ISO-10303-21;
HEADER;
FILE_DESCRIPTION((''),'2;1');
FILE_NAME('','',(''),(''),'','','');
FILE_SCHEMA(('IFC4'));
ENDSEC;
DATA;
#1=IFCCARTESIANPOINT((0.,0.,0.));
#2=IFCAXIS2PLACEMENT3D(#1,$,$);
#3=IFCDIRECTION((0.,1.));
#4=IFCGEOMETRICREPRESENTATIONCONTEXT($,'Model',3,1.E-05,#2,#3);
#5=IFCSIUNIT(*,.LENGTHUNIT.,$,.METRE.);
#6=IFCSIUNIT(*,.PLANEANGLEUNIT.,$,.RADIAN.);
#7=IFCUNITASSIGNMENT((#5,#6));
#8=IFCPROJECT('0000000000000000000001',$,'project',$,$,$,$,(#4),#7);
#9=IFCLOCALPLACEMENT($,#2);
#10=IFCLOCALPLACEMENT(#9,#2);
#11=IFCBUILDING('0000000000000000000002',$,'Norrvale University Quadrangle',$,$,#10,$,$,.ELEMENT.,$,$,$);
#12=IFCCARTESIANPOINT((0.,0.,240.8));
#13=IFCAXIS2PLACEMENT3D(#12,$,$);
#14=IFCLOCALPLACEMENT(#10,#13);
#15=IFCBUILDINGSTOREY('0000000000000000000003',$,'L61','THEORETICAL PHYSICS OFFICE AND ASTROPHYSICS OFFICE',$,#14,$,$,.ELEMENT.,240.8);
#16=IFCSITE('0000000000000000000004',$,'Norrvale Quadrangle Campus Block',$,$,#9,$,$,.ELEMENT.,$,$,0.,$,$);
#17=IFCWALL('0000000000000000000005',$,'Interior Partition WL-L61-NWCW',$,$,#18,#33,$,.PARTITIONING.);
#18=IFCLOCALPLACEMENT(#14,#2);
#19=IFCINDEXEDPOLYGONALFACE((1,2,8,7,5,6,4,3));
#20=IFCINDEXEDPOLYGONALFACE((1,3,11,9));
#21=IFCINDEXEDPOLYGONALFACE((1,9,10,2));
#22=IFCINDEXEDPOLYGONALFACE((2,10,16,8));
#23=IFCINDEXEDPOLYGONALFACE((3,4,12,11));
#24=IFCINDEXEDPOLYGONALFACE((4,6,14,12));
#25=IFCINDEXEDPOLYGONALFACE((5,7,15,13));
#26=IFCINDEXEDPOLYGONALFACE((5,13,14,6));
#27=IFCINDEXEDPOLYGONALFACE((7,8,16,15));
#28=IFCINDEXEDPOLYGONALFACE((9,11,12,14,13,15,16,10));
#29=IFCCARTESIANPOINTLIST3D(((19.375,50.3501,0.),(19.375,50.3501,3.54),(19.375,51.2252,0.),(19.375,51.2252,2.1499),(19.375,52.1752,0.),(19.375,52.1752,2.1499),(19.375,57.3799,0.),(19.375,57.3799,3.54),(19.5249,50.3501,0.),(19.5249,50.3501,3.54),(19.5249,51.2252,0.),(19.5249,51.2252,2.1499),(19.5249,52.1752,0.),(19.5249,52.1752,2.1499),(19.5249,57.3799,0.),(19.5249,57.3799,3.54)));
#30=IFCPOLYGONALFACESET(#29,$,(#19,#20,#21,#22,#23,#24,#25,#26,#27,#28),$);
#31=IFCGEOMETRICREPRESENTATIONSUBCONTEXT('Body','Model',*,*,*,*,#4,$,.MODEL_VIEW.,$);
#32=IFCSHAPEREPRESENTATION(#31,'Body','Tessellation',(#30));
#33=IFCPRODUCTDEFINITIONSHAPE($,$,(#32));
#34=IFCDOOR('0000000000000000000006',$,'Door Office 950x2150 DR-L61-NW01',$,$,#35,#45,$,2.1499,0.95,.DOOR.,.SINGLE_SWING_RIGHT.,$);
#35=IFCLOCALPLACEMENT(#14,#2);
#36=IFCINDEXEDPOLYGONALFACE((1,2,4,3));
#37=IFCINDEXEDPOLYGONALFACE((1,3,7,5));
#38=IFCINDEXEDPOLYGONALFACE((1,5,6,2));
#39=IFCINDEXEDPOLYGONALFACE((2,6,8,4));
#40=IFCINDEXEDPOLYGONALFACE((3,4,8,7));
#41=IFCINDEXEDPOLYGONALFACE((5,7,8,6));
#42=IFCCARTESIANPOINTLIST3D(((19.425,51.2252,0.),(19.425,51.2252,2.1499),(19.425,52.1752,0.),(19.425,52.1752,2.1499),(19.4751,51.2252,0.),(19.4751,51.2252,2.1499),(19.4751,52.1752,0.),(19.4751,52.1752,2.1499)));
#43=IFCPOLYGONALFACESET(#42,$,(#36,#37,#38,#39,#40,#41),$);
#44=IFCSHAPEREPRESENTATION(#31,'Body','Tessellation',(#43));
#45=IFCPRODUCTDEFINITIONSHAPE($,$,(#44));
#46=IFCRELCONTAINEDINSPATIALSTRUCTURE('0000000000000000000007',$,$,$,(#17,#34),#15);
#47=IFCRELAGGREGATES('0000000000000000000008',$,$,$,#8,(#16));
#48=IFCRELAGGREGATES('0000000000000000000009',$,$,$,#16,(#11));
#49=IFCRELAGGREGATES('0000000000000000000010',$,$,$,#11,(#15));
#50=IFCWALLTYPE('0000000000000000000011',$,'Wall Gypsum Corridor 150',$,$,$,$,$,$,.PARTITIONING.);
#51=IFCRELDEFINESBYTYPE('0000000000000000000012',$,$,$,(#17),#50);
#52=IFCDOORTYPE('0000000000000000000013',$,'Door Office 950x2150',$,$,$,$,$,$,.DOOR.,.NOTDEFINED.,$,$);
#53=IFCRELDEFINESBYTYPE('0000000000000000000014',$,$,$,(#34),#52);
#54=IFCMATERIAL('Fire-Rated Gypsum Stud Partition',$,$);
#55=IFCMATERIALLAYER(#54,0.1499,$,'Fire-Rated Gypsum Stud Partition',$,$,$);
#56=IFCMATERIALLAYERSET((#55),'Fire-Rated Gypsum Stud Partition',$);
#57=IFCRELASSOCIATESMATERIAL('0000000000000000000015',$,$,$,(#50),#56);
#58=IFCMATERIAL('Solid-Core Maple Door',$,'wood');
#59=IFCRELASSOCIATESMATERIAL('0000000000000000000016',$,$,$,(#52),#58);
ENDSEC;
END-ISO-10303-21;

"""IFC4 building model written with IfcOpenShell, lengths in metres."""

from ifc_helpers import new_model, si_unit, direction, frame, frame_2d, origin, place, context, subcontext, project, spatial, rectangle, extrude, material, layer, layer_set, type_object, element, fill, save


model = new_model("IFC4")

# Units and contexts
model_context = context("Model", 3, precision=1e-05, world=origin(), true_north=direction((0.0, 1.0)))
body_context = subcontext(model_context, "Body", "Model", "MODEL_VIEW")
ifc_project = project(units=[si_unit("LENGTHUNIT", "METRE"), si_unit("PLANEANGLEUNIT", "RADIAN")], contexts=[model_context])

# Site, building, storey
site_placement = place(None, origin())
site = spatial("IfcSite", under=ifc_project, at=site_placement, Name="Norrvale Quadrangle Campus Block", CompositionType="ELEMENT", RefElevation=0.0)
building_placement = place(site_placement, origin())
building = spatial("IfcBuilding", under=site, at=building_placement, Name="Norrvale University Quadrangle", CompositionType="ELEMENT")
storey_placement = place(building_placement, frame((0.0, 0.0, 240.8)))
storey = spatial("IfcBuildingStorey", under=building, at=storey_placement, Name="L61", Description="THEORETICAL PHYSICS OFFICE AND ASTROPHYSICS OFFICE", CompositionType="ELEMENT", Elevation=240.8)

# Shared definitions
ifc_material_1 = material(Name="Fire-Rated Gypsum Stud Partition")
ifc_layer_1 = layer(ifc_material_1, 0.1499, Name="Fire-Rated Gypsum Stud Partition")
ifc_layer_set_1 = layer_set([ifc_layer_1], Name="Fire-Rated Gypsum Stud Partition")
wall_type_1 = type_object("IfcWallType", Name="Wall Gypsum Corridor 150", PredefinedType="PARTITIONING", material=ifc_layer_set_1)

# Shared definitions
ifc_material_2 = material(Name="Solid-Core Maple Door", Category="wood")
door_type_1 = type_object("IfcDoorType", Name="Door Office 950x2150", OperationType="NOTDEFINED", PredefinedType="DOOR", material=ifc_material_2)

# Wall, opening, door
wall_1_placement = place(storey_placement, frame((19.45, 50.3501, 0.0), z_axis=(0.0, 0.0, 1.0), x_axis=(0.0, 1.0, 0.0)))
wall_1 = element("IfcWall", 1, at=wall_1_placement, inside=storey, type_object=wall_type_1, Name="Interior Partition WL-L61-NWCW", PredefinedType="PARTITIONING", context=body_context, shape_type="SweptSolid", body=[
    extrude(rectangle(XDim=7.0298, YDim=0.1499, at=frame_2d((3.5149, 0.0))), origin(), (0.0, 0.0, 1.0), 3.54),
])
opening_1_placement = place(wall_1_placement, frame((0.875, 0.0, 0.0)))
opening_1 = element("IfcOpeningElement", 2, at=opening_1_placement, cuts=wall_1, PredefinedType="OPENING", context=body_context, shape_type="SweptSolid", body=[
    extrude(rectangle(XDim=0.95, YDim=2.1499, at=frame_2d((0.4751, 1.075))), frame((0.0, 0.0869, 0.0), z_axis=(0.0, -1.0, 0.0), x_axis=(1.0, 0.0, 0.0)), (0.0, 0.0, 1.0), 0.1738),
])
door_1_placement = place(opening_1_placement, origin())
door_1 = element("IfcDoor", 3, at=door_1_placement, inside=storey, type_object=door_type_1, Name="Door Office 950x2150 DR-L61-NW01", OperationType="SINGLE_SWING_RIGHT", OverallHeight=2.1499, OverallWidth=0.95, PredefinedType="DOOR", context=body_context, shape_type="SweptSolid", body=[
    extrude(rectangle(XDim=0.95, YDim=2.1499, at=frame_2d((0.4751, 1.075))), frame((0.0, 0.0249, 0.0), z_axis=(0.0, -1.0, 0.0), x_axis=(1.0, 0.0, 0.0)), (0.0, 0.0, 1.0), 0.05),
])
fill(opening_1, door_1)

save(model, "model.ifc")
